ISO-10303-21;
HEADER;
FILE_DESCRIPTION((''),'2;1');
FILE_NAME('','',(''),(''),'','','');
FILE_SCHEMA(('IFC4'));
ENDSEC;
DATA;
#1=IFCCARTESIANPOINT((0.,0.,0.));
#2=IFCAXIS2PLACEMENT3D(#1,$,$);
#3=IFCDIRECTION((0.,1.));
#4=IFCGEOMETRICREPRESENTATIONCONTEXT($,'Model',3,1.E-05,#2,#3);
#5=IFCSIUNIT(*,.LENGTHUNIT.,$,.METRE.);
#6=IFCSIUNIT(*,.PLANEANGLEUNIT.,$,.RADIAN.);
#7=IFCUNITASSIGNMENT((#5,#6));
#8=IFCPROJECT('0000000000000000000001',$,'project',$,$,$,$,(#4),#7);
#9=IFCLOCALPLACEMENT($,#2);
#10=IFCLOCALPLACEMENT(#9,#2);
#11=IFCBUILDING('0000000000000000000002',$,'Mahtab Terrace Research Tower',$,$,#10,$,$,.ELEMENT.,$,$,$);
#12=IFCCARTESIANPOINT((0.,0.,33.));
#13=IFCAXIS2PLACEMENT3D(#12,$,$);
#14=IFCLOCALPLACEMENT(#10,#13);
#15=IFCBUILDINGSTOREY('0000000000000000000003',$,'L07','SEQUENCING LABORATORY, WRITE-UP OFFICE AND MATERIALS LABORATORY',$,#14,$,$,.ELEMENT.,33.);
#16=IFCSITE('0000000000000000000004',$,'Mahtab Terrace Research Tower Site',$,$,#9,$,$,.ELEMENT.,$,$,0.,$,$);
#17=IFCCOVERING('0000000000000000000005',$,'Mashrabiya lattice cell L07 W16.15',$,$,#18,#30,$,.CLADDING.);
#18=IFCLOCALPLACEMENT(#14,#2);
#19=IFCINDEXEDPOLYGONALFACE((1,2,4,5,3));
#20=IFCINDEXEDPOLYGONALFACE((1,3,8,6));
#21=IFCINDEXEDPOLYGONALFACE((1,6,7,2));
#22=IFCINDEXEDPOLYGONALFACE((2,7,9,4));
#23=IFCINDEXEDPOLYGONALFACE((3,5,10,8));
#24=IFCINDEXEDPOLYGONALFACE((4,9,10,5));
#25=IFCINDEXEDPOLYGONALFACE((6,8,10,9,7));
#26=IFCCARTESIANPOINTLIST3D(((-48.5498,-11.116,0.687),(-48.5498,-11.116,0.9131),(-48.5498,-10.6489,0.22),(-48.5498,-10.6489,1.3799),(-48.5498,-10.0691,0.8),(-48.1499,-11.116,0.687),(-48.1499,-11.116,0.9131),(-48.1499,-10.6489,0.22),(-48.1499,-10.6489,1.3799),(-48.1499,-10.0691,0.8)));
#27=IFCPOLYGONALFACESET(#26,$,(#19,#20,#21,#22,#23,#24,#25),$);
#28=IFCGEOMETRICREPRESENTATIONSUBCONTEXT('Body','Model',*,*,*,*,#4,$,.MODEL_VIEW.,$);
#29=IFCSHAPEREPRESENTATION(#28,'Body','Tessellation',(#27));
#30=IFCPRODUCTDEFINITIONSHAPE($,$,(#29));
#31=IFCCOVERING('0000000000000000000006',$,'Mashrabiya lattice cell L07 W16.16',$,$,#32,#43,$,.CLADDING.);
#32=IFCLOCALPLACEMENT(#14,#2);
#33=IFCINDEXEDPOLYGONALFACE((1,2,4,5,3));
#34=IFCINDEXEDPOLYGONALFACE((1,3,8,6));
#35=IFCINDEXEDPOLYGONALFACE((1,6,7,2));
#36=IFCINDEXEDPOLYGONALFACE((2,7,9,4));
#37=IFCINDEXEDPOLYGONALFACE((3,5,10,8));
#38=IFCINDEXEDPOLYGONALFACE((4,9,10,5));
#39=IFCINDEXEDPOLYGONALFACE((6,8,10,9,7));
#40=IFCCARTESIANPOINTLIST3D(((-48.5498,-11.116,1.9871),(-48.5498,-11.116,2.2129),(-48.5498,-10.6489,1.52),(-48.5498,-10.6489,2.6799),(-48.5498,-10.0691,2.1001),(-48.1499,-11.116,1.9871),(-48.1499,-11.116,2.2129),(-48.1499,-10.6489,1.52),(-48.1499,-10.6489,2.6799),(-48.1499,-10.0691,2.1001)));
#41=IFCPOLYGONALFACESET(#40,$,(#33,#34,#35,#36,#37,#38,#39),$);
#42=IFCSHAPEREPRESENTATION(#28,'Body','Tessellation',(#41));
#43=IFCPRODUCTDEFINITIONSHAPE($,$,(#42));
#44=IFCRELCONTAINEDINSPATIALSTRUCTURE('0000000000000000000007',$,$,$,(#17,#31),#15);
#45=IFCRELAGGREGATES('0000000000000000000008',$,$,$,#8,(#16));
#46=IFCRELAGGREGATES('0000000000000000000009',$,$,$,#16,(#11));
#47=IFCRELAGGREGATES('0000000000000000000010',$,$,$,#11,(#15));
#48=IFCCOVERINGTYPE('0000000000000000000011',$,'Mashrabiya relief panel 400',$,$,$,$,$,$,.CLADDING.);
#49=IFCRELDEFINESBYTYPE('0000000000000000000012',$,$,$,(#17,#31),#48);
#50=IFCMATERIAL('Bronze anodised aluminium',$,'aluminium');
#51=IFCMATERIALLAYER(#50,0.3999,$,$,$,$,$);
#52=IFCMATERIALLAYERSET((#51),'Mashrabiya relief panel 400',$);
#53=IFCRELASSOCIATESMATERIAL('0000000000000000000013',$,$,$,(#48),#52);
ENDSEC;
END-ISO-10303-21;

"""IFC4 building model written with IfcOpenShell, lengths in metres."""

from ifc_helpers import new_model, si_unit, direction, frame, origin, place, context, subcontext, project, spatial, polyline, outline, extrude, material, layer, layer_set, type_object, element, save


model = new_model("IFC4")

# Units and contexts
model_context = context("Model", 3, precision=1e-05, world=origin(), true_north=direction((0.0, 1.0)))
body_context = subcontext(model_context, "Body", "Model", "MODEL_VIEW")
ifc_project = project(units=[si_unit("LENGTHUNIT", "METRE"), si_unit("PLANEANGLEUNIT", "RADIAN")], contexts=[model_context])

# Site, building, storey
site_placement = place(None, origin())
site = spatial("IfcSite", under=ifc_project, at=site_placement, Name="Mahtab Terrace Research Tower Site", CompositionType="ELEMENT", RefElevation=0.0)
building_placement = place(site_placement, origin())
building = spatial("IfcBuilding", under=site, at=building_placement, Name="Mahtab Terrace Research Tower", CompositionType="ELEMENT")
storey_placement = place(building_placement, frame((0.0, 0.0, 33.0)))
storey = spatial("IfcBuildingStorey", under=building, at=storey_placement, Name="L07", Description="SEQUENCING LABORATORY, WRITE-UP OFFICE AND MATERIALS LABORATORY", CompositionType="ELEMENT", Elevation=33.0)

# Coverings
ifc_material = material(Name="Bronze anodised aluminium", Category="aluminium")
ifc_layer = layer(ifc_material, 0.3999)
ifc_layer_set = layer_set([ifc_layer], Name="Mashrabiya relief panel 400")
covering_type = type_object("IfcCoveringType", Name="Mashrabiya relief panel 400", PredefinedType="CLADDING", material=ifc_layer_set)
covering_1_placement = place(storey_placement, frame((-48.1499, -10.6489, 0.22), z_axis=(1.0, 0.0, 0.0), x_axis=(0.0, 0.706958, 0.707256)))
element("IfcCovering", 1, at=covering_1_placement, inside=storey, type_object=covering_type, Name="Mashrabiya lattice cell L07 W16.15", PredefinedType="CLADDING", context=body_context, shape_type="SweptSolid", body=[
    extrude(outline(polyline([(0.0, 0.0), (0.8202, 0.0), (0.8204, 0.82), (0.16, 0.8203), (0.0001, 0.6605), (0.0, 0.0)])), origin(), (0.0, 0.0, -1.0), 0.3999),
])
covering_2_placement = place(storey_placement, frame((-48.1499, -10.6489, 1.52), z_axis=(1.0, 0.0, 0.0), x_axis=(0.0, 0.706958, 0.707256)))
element("IfcCovering", 2, at=covering_2_placement, inside=storey, type_object=covering_type, Name="Mashrabiya lattice cell L07 W16.16", PredefinedType="CLADDING", context=body_context, shape_type="SweptSolid", body=[
    extrude(outline(polyline([(0.0, 0.0), (0.8202, 0.0), (0.8204, 0.82), (0.1599, 0.8201), (0.0001, 0.6605), (0.0, 0.0)])), origin(), (0.0, 0.0, -1.0), 0.3999),
])

save(model, "model.ifc")
